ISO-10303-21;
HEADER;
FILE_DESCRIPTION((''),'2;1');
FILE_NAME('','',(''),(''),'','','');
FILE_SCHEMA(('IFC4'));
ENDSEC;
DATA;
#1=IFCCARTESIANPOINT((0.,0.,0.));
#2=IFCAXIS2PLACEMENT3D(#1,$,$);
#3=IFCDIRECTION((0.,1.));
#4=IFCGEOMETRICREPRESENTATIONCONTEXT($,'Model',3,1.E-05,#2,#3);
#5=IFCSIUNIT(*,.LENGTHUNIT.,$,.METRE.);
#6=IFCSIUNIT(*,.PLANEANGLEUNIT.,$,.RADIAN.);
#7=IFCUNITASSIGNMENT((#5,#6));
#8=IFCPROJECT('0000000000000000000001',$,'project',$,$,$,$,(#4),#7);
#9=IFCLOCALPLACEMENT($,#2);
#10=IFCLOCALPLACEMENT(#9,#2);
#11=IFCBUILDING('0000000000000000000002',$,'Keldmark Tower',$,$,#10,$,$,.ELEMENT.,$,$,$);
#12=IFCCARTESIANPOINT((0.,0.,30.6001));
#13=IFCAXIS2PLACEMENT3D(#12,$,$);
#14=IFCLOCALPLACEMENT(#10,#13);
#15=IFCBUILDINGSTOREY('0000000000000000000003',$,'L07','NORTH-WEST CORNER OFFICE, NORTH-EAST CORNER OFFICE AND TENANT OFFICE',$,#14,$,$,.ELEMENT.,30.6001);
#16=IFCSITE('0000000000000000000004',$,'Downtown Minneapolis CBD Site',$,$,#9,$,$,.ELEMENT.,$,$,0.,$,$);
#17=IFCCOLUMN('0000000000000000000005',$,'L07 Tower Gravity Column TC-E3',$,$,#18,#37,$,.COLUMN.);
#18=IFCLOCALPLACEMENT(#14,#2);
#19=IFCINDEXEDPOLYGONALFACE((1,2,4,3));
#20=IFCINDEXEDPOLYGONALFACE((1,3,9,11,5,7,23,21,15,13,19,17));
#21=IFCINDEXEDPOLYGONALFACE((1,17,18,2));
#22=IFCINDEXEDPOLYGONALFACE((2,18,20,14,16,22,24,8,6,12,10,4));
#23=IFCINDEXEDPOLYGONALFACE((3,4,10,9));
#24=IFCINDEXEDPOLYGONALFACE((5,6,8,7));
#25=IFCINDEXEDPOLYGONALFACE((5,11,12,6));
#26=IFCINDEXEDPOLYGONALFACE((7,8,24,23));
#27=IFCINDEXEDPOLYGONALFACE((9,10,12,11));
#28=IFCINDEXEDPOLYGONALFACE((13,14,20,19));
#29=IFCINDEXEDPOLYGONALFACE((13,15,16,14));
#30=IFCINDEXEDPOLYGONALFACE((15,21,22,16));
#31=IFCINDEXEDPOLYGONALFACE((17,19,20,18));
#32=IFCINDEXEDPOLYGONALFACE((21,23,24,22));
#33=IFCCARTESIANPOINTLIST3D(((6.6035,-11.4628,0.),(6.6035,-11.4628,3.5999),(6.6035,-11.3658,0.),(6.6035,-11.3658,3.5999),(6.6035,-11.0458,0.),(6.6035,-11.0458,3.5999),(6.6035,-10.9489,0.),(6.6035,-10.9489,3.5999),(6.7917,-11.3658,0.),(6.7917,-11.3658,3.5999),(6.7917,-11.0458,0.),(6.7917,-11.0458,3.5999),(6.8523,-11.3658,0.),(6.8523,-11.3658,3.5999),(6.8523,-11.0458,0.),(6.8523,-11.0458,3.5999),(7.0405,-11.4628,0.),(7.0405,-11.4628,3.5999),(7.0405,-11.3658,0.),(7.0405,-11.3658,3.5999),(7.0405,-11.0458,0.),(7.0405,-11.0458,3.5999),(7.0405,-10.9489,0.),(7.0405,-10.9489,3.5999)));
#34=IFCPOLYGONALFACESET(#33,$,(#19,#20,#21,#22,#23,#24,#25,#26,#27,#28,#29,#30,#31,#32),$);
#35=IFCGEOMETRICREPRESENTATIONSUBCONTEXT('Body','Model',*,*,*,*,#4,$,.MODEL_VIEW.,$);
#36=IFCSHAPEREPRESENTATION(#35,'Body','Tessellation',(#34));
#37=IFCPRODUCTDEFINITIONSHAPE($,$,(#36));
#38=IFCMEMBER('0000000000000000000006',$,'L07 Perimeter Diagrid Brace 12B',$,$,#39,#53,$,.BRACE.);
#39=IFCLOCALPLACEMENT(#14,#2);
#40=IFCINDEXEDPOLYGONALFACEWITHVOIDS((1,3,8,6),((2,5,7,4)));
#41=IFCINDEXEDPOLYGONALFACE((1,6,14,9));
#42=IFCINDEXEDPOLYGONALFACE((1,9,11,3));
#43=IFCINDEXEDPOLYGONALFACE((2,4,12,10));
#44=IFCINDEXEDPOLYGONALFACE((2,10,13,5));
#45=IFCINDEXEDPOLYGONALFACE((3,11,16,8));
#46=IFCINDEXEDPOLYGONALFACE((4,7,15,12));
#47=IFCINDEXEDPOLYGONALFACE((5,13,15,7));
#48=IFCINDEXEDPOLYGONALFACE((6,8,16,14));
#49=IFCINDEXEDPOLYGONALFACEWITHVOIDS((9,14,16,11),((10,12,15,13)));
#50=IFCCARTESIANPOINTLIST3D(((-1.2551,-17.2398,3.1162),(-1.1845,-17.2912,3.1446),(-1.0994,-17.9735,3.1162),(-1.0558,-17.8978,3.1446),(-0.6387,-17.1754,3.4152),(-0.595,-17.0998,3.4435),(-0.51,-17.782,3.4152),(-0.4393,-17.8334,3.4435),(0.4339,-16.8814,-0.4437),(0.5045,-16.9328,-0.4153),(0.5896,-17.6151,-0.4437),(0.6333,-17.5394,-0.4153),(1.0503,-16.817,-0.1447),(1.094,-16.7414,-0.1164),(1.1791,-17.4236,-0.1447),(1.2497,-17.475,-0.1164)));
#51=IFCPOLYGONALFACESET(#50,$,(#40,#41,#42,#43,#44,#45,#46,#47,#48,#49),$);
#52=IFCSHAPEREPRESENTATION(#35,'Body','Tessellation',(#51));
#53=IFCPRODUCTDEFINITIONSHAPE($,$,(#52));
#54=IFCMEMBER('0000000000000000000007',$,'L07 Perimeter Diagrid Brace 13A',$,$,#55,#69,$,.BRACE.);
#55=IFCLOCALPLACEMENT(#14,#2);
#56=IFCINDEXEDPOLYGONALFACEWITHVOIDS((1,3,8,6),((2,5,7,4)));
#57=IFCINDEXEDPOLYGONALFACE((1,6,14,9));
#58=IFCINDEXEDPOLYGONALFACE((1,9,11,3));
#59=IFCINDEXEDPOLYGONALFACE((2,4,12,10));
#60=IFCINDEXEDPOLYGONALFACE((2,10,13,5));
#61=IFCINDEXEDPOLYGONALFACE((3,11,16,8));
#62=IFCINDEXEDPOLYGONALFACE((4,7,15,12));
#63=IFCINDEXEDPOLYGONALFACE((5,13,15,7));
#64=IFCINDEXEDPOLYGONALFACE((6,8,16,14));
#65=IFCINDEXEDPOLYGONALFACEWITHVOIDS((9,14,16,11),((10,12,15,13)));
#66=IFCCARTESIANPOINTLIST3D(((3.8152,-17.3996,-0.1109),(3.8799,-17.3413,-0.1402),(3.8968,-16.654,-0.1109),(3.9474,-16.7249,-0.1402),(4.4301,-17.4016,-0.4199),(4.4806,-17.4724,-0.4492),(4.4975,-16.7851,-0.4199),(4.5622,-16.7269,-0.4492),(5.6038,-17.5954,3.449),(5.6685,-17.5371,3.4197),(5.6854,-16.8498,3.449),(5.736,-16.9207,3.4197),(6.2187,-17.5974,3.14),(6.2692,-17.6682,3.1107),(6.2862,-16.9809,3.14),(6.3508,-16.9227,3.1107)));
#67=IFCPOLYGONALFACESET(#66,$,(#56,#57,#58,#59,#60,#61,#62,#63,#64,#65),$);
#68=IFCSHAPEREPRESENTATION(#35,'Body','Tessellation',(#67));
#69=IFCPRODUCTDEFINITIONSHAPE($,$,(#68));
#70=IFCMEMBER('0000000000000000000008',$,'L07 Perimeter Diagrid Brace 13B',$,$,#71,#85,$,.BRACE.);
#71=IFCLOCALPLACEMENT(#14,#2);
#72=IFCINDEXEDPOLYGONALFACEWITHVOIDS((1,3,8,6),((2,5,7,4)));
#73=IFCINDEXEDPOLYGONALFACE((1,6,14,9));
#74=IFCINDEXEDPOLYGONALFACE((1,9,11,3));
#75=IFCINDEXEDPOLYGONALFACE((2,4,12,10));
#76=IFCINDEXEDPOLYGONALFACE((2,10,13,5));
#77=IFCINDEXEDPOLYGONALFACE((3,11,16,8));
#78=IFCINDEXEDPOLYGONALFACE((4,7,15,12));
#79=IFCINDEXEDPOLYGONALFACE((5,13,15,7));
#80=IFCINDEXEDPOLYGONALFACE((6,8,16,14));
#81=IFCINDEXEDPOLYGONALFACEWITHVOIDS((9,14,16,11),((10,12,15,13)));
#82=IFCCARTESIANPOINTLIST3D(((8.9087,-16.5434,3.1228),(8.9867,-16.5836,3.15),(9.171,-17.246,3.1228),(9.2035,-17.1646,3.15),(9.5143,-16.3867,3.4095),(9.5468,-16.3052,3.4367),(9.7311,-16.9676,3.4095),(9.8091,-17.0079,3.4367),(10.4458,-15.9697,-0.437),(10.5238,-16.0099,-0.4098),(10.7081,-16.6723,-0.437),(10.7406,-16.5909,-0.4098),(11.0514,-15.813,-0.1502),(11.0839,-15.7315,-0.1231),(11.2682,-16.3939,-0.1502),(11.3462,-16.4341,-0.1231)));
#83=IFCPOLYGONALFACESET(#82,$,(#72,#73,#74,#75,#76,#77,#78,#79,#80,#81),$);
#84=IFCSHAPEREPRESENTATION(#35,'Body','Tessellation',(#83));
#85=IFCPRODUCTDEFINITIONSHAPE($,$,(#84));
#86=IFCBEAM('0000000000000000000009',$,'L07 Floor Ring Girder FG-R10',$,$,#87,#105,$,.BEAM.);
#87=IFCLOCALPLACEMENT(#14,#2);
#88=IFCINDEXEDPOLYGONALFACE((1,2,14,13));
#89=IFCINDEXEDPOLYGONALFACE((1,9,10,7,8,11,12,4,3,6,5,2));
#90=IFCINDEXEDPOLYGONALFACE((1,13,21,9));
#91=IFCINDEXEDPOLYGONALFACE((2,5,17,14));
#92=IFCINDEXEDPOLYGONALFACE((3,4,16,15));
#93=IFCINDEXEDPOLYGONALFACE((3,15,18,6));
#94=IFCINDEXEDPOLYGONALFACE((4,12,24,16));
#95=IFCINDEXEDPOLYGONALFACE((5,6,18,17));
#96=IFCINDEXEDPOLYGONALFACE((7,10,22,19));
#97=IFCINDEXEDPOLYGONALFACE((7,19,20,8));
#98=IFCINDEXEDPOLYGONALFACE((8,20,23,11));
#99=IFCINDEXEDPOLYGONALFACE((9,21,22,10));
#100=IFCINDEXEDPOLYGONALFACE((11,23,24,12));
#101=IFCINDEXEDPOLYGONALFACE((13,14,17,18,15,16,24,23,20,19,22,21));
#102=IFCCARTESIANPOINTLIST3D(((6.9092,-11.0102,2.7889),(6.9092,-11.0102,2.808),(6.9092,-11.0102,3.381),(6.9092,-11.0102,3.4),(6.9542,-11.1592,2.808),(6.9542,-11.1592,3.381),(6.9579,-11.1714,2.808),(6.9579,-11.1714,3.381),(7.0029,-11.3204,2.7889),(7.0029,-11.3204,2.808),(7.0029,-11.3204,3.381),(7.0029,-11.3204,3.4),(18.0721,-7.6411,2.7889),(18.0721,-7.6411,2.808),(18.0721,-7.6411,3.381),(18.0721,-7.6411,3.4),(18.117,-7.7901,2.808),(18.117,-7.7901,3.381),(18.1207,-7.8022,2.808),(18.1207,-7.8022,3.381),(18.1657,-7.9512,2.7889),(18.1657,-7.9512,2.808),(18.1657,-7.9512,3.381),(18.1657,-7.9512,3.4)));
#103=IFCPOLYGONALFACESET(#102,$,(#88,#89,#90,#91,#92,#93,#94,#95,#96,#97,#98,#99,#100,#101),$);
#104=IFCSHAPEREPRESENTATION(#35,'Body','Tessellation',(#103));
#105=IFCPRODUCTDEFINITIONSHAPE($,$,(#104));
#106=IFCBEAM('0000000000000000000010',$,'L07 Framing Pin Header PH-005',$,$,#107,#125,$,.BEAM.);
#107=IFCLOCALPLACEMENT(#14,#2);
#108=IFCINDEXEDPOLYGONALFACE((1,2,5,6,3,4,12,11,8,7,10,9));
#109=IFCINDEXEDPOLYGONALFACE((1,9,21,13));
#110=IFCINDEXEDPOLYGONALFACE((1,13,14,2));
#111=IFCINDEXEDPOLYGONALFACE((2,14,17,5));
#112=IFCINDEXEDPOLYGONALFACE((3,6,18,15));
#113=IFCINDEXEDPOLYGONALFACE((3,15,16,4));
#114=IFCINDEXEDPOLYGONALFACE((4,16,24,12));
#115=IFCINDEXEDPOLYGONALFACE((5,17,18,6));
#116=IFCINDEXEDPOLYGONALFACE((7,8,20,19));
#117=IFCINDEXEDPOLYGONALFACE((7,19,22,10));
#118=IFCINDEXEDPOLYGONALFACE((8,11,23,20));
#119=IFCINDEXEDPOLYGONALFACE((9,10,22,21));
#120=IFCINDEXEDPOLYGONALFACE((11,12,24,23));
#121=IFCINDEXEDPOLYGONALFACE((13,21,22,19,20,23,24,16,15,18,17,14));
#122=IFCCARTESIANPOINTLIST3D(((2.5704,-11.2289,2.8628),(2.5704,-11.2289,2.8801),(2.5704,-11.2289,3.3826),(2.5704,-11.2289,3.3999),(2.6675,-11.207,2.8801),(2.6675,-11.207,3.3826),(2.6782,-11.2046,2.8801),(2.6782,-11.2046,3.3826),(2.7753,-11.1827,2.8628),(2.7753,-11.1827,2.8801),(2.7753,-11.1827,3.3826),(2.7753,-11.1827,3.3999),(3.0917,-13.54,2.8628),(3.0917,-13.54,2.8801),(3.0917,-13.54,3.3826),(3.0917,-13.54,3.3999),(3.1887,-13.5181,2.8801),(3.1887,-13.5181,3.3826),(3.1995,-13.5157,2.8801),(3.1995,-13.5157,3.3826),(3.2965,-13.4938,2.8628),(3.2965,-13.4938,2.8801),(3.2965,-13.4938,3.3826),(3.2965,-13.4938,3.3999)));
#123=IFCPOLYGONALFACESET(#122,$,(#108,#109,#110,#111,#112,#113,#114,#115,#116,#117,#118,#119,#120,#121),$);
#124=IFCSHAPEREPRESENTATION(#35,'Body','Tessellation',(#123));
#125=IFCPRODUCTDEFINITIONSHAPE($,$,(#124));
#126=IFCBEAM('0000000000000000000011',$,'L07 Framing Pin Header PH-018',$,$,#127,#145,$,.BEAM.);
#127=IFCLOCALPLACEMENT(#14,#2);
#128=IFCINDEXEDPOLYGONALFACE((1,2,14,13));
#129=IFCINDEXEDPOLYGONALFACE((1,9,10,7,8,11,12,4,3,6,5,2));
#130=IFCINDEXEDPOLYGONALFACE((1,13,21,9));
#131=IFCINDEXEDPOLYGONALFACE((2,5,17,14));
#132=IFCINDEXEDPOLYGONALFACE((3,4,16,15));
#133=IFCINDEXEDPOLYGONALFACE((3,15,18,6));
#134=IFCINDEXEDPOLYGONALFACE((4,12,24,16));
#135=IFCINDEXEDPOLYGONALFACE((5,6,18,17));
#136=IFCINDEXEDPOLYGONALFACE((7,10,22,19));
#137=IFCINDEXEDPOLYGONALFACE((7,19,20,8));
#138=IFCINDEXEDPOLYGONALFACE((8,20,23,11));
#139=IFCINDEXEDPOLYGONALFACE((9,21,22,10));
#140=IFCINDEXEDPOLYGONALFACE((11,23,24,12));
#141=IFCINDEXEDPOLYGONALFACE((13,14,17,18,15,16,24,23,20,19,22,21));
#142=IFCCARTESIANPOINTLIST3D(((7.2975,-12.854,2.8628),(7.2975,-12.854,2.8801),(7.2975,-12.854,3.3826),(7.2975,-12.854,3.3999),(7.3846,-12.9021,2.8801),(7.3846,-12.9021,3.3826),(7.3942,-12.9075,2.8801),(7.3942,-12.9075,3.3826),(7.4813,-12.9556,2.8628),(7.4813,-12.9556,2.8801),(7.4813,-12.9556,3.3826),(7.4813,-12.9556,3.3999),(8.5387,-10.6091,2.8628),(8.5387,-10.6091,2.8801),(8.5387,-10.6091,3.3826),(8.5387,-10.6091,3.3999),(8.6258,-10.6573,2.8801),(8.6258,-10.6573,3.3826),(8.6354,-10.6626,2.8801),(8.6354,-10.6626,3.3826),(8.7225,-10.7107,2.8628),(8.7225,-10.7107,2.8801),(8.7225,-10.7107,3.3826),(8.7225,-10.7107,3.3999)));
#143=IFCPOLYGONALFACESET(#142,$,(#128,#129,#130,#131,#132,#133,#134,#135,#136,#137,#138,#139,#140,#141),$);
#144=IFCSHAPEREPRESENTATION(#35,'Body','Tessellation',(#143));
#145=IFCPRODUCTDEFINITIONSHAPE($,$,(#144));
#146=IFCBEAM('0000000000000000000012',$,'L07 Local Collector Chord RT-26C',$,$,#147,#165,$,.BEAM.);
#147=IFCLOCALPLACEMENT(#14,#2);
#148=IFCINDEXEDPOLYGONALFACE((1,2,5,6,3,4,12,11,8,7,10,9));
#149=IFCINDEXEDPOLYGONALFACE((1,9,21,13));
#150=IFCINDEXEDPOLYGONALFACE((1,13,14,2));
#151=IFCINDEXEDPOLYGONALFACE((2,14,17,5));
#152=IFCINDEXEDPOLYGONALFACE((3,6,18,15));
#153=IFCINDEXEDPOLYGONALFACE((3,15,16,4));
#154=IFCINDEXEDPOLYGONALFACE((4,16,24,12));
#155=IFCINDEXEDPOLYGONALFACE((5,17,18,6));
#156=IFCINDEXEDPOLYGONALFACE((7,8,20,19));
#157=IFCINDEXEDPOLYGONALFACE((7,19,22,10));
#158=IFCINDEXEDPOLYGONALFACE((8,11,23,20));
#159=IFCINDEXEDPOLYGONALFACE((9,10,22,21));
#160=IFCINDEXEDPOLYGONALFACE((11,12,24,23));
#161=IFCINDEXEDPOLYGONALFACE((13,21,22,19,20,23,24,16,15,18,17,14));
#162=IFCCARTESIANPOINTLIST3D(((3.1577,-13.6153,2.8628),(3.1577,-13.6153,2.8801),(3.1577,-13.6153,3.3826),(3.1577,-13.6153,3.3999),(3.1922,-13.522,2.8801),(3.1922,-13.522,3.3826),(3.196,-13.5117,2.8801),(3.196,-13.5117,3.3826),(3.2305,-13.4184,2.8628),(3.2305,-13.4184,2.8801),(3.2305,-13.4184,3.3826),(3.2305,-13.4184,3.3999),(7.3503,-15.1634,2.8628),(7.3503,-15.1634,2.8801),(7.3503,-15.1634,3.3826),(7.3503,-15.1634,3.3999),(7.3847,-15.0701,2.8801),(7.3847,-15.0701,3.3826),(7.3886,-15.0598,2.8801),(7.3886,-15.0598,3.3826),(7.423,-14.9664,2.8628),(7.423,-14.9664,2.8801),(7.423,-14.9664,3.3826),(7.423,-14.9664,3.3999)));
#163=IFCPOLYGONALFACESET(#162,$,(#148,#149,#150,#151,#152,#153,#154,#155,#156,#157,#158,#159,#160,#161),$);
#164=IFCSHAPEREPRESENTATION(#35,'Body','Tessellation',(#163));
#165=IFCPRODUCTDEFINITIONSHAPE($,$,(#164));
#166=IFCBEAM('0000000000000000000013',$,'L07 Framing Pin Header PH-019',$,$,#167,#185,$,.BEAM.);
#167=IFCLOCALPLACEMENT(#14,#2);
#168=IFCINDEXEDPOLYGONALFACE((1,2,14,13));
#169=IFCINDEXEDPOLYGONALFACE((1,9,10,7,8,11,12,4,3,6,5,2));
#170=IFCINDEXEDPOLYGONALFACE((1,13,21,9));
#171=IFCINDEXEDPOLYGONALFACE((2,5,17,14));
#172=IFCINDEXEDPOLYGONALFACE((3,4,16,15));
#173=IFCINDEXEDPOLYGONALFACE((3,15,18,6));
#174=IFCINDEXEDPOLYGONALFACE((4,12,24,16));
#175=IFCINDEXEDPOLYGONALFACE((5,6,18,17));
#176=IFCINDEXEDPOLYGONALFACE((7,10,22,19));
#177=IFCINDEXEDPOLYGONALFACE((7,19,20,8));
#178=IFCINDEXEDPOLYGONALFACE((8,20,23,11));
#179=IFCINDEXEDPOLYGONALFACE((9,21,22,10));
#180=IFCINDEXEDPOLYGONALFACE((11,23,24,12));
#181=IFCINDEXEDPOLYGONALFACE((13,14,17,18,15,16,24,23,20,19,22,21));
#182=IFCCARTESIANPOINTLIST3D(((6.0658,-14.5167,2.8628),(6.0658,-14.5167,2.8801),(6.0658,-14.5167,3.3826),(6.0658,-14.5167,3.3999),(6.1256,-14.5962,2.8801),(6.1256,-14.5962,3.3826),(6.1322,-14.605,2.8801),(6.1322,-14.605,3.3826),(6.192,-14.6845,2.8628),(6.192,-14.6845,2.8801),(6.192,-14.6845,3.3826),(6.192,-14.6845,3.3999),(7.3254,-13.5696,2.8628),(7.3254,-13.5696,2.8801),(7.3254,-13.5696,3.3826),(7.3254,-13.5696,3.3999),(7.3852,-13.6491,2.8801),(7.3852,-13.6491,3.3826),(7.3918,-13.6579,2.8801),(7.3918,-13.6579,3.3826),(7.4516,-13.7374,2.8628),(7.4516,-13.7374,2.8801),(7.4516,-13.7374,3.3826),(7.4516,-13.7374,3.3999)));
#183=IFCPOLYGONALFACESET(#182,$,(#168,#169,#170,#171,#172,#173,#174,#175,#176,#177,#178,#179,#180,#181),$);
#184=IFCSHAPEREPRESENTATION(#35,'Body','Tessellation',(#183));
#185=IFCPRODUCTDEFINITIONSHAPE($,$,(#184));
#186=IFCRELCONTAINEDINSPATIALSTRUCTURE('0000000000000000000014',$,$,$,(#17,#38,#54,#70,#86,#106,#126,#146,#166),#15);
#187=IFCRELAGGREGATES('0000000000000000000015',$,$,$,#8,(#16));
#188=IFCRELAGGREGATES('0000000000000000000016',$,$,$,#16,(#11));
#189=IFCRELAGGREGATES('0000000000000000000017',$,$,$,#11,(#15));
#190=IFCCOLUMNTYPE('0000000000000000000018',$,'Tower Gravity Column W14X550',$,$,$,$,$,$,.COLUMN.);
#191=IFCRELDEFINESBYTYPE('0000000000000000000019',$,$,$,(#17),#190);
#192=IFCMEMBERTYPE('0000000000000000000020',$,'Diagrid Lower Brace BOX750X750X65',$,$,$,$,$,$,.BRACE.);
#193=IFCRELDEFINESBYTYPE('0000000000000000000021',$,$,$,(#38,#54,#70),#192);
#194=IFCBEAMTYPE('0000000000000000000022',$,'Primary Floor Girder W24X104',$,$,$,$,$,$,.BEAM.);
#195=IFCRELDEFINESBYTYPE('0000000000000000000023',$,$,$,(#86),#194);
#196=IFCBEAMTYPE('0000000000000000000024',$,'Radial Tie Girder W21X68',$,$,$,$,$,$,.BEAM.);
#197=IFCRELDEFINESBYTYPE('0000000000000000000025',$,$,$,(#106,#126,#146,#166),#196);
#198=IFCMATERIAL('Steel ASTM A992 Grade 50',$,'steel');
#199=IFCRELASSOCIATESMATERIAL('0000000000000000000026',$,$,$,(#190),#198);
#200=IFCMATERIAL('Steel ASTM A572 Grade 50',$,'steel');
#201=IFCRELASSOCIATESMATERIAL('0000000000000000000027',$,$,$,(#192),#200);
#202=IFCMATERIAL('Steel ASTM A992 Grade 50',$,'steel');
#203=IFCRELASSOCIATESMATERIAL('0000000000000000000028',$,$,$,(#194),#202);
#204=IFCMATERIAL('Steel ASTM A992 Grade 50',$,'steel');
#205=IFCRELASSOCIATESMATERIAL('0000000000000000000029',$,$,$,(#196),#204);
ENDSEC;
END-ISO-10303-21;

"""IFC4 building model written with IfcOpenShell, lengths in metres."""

from ifc_helpers import new_model, si_unit, direction, frame, origin, origin_2d, place, context, subcontext, project, spatial, hollow_rectangle, i_section, extrude, material, material_profile, profile_set, type_object, element, save


model = new_model("IFC4")

# Units and contexts
model_context = context("Model", 3, precision=1e-05, world=origin(), true_north=direction((0.0, 1.0)))
body_context = subcontext(model_context, "Body", "Model", "MODEL_VIEW")
ifc_project = project(units=[si_unit("LENGTHUNIT", "METRE"), si_unit("PLANEANGLEUNIT", "RADIAN")], contexts=[model_context])

# Site, building, storey
site_placement = place(None, origin())
site = spatial("IfcSite", under=ifc_project, at=site_placement, Name="Downtown Minneapolis CBD Site", CompositionType="ELEMENT", RefElevation=0.0)
building_placement = place(site_placement, origin())
building = spatial("IfcBuilding", under=site, at=building_placement, Name="Keldmark Tower", CompositionType="ELEMENT")
storey_placement = place(building_placement, frame((0.0, 0.0, 30.6001)))
storey = spatial("IfcBuildingStorey", under=building, at=storey_placement, Name="L07", Description="NORTH-WEST CORNER OFFICE, NORTH-EAST CORNER OFFICE AND TENANT OFFICE", CompositionType="ELEMENT", Elevation=30.6001)

# Column
ifc_material_1 = material(Name="Steel ASTM A992 Grade 50", Category="steel")
ifc_material_profile_1 = material_profile(ifc_material_1, i_section(OverallWidth=0.437, OverallDepth=0.5139, WebThickness=0.0605, FlangeThickness=0.0969, at=origin_2d()), Name="W14X550")
ifc_profile_set_1 = profile_set([ifc_material_profile_1], Name="Steel ASTM A992 Grade 50")
column_type = type_object("IfcColumnType", Name="Tower Gravity Column W14X550", PredefinedType="COLUMN", material=ifc_profile_set_1)
column_placement = place(storey_placement, frame((6.822, -11.2058, 0.0), z_axis=(0.0, 0.0, 1.0), x_axis=(1.0, 0.0, 0.0)))
element("IfcColumn", 1, at=column_placement, inside=storey, type_object=column_type, Name="L07 Tower Gravity Column TC-E3", PredefinedType="COLUMN", context=body_context, shape_type="SweptSolid", body=[
    extrude(i_section(OverallWidth=0.437, OverallDepth=0.5139, WebThickness=0.0605, FlangeThickness=0.0969, at=origin_2d()), origin(), (0.0, 0.0, 1.0), 3.5999),
])

# Members
ifc_material_2 = material(Name="Steel ASTM A572 Grade 50", Category="steel")
ifc_material_profile_2 = material_profile(ifc_material_2, hollow_rectangle(XDim=0.75, YDim=0.75, WallThickness=0.0649, at=origin_2d()), Name="BOX750X750X65")
ifc_profile_set_2 = profile_set([ifc_material_profile_2], Name="Steel ASTM A572 Grade 50")
member_type = type_object("IfcMemberType", Name="Diagrid Lower Brace BOX750X750X65", PredefinedType="BRACE", material=ifc_profile_set_2)
member_1_placement = place(storey_placement, frame((0.8418, -17.1782, -0.28), z_axis=(-0.426891, -0.090586, 0.899754), x_axis=(0.207578, -0.978218, 0.0)))
element("IfcMember", 2, at=member_1_placement, inside=storey, type_object=member_type, Name="L07 Perimeter Diagrid Brace 12B", PredefinedType="BRACE", context=body_context, shape_type="SweptSolid", body=[
    extrude(hollow_rectangle(XDim=0.75, YDim=0.75, WallThickness=0.0649, at=origin_2d()), origin(), (0.0, 0.0, 1.0), 3.9565),
])
member_2_placement = place(storey_placement, frame((4.1887, -17.0632, -0.28), z_axis=(0.448412, -0.049089, 0.892478), x_axis=(0.108823, 0.994061, 0.0)))
element("IfcMember", 3, at=member_2_placement, inside=storey, type_object=member_type, Name="L07 Perimeter Diagrid Brace 13A", PredefinedType="BRACE", context=body_context, shape_type="SweptSolid", body=[
    extrude(hollow_rectangle(XDim=0.75, YDim=0.75, WallThickness=0.0649, at=origin_2d()), origin(), (0.0, 0.0, 1.0), 3.9888),
])
member_3_placement = place(storey_placement, frame((10.896, -16.2019, -0.28), z_axis=(-0.392148, -0.146371, 0.908182), x_axis=(0.349688, -0.936866, 0.0)))
element("IfcMember", 4, at=member_3_placement, inside=storey, type_object=member_type, Name="L07 Perimeter Diagrid Brace 13B", PredefinedType="BRACE", context=body_context, shape_type="SweptSolid", body=[
    extrude(hollow_rectangle(XDim=0.75, YDim=0.75, WallThickness=0.0649, at=origin_2d()), origin(), (0.0, 0.0, 1.0), 3.9197),
])

# Beams
ifc_material_3 = material(Name="Steel ASTM A992 Grade 50", Category="steel")
ifc_material_profile_3 = material_profile(ifc_material_3, i_section(OverallWidth=0.324, OverallDepth=0.6111, WebThickness=0.0127, FlangeThickness=0.019, at=origin_2d()), Name="W24X104")
ifc_profile_set_3 = profile_set([ifc_material_profile_3], Name="Steel ASTM A992 Grade 50")
beam_type_1 = type_object("IfcBeamType", Name="Primary Floor Girder W24X104", PredefinedType="BEAM", material=ifc_profile_set_3)
beam_1_placement = place(storey_placement, frame((6.9561, -11.1653, 3.0945), z_axis=(0.957346, 0.288944, 0.0), x_axis=(-0.288944, 0.957346, 0.0)))
element("IfcBeam", 5, at=beam_1_placement, inside=storey, type_object=beam_type_1, Name="L07 Floor Ring Girder FG-R10", PredefinedType="BEAM", context=body_context, shape_type="SweptSolid", body=[
    extrude(i_section(OverallWidth=0.324, OverallDepth=0.6111, WebThickness=0.0127, FlangeThickness=0.019, at=origin_2d()), origin(), (0.0, 0.0, 1.0), 11.6602),
])
ifc_material_4 = material(Name="Steel ASTM A992 Grade 50", Category="steel")
ifc_material_profile_4 = material_profile(ifc_material_4, i_section(OverallWidth=0.21, OverallDepth=0.5371, WebThickness=0.011, FlangeThickness=0.0173, at=origin_2d()), Name="W21X68")
ifc_profile_set_4 = profile_set([ifc_material_profile_4], Name="Steel ASTM A992 Grade 50")
beam_type_2 = type_object("IfcBeamType", Name="Radial Tie Girder W21X68", PredefinedType="BEAM", material=ifc_profile_set_4)
beam_2_placement = place(storey_placement, frame((2.6729, -11.2058, 3.1313), z_axis=(0.220017, -0.975496, 0.0), x_axis=(0.975496, 0.220017, 0.0)))
element("IfcBeam", 6, at=beam_2_placement, inside=storey, type_object=beam_type_2, Name="L07 Framing Pin Header PH-005", PredefinedType="BEAM", context=body_context, shape_type="SweptSolid", body=[
    extrude(i_section(OverallWidth=0.21, OverallDepth=0.5371, WebThickness=0.011, FlangeThickness=0.0173, at=origin_2d()), origin(), (0.0, 0.0, 1.0), 2.3691),
])
beam_3_placement = place(storey_placement, frame((8.6306, -10.6599, 3.1313), z_axis=(-0.483872, -0.875139, 0.0), x_axis=(0.875139, -0.483872, 0.0)))
element("IfcBeam", 7, at=beam_3_placement, inside=storey, type_object=beam_type_2, Name="L07 Framing Pin Header PH-018", PredefinedType="BEAM", context=body_context, shape_type="SweptSolid", body=[
    extrude(i_section(OverallWidth=0.21, OverallDepth=0.5371, WebThickness=0.011, FlangeThickness=0.0173, at=origin_2d()), origin(), (0.0, 0.0, 1.0), 2.5652),
])
beam_4_placement = place(storey_placement, frame((3.1941, -13.5168, 3.1313), z_axis=(0.938093, -0.346384, 0.0), x_axis=(0.346384, 0.938093, 0.0)))
element("IfcBeam", 8, at=beam_4_placement, inside=storey, type_object=beam_type_2, Name="L07 Local Collector Chord RT-26C", PredefinedType="BEAM", context=body_context, shape_type="SweptSolid", body=[
    extrude(i_section(OverallWidth=0.21, OverallDepth=0.5371, WebThickness=0.011, FlangeThickness=0.0173, at=origin_2d()), origin(), (0.0, 0.0, 1.0), 4.4692),
])
beam_5_placement = place(storey_placement, frame((6.1289, -14.6006, 3.1313), z_axis=(0.799274, 0.600966, 0.0), x_axis=(-0.600966, 0.799274, 0.0)))
element("IfcBeam", 9, at=beam_5_placement, inside=storey, type_object=beam_type_2, Name="L07 Framing Pin Header PH-019", PredefinedType="BEAM", context=body_context, shape_type="SweptSolid", body=[
    extrude(i_section(OverallWidth=0.21, OverallDepth=0.5371, WebThickness=0.011, FlangeThickness=0.0173, at=origin_2d()), origin(), (0.0, 0.0, 1.0), 1.5759),
])

save(model, "model.ifc")
